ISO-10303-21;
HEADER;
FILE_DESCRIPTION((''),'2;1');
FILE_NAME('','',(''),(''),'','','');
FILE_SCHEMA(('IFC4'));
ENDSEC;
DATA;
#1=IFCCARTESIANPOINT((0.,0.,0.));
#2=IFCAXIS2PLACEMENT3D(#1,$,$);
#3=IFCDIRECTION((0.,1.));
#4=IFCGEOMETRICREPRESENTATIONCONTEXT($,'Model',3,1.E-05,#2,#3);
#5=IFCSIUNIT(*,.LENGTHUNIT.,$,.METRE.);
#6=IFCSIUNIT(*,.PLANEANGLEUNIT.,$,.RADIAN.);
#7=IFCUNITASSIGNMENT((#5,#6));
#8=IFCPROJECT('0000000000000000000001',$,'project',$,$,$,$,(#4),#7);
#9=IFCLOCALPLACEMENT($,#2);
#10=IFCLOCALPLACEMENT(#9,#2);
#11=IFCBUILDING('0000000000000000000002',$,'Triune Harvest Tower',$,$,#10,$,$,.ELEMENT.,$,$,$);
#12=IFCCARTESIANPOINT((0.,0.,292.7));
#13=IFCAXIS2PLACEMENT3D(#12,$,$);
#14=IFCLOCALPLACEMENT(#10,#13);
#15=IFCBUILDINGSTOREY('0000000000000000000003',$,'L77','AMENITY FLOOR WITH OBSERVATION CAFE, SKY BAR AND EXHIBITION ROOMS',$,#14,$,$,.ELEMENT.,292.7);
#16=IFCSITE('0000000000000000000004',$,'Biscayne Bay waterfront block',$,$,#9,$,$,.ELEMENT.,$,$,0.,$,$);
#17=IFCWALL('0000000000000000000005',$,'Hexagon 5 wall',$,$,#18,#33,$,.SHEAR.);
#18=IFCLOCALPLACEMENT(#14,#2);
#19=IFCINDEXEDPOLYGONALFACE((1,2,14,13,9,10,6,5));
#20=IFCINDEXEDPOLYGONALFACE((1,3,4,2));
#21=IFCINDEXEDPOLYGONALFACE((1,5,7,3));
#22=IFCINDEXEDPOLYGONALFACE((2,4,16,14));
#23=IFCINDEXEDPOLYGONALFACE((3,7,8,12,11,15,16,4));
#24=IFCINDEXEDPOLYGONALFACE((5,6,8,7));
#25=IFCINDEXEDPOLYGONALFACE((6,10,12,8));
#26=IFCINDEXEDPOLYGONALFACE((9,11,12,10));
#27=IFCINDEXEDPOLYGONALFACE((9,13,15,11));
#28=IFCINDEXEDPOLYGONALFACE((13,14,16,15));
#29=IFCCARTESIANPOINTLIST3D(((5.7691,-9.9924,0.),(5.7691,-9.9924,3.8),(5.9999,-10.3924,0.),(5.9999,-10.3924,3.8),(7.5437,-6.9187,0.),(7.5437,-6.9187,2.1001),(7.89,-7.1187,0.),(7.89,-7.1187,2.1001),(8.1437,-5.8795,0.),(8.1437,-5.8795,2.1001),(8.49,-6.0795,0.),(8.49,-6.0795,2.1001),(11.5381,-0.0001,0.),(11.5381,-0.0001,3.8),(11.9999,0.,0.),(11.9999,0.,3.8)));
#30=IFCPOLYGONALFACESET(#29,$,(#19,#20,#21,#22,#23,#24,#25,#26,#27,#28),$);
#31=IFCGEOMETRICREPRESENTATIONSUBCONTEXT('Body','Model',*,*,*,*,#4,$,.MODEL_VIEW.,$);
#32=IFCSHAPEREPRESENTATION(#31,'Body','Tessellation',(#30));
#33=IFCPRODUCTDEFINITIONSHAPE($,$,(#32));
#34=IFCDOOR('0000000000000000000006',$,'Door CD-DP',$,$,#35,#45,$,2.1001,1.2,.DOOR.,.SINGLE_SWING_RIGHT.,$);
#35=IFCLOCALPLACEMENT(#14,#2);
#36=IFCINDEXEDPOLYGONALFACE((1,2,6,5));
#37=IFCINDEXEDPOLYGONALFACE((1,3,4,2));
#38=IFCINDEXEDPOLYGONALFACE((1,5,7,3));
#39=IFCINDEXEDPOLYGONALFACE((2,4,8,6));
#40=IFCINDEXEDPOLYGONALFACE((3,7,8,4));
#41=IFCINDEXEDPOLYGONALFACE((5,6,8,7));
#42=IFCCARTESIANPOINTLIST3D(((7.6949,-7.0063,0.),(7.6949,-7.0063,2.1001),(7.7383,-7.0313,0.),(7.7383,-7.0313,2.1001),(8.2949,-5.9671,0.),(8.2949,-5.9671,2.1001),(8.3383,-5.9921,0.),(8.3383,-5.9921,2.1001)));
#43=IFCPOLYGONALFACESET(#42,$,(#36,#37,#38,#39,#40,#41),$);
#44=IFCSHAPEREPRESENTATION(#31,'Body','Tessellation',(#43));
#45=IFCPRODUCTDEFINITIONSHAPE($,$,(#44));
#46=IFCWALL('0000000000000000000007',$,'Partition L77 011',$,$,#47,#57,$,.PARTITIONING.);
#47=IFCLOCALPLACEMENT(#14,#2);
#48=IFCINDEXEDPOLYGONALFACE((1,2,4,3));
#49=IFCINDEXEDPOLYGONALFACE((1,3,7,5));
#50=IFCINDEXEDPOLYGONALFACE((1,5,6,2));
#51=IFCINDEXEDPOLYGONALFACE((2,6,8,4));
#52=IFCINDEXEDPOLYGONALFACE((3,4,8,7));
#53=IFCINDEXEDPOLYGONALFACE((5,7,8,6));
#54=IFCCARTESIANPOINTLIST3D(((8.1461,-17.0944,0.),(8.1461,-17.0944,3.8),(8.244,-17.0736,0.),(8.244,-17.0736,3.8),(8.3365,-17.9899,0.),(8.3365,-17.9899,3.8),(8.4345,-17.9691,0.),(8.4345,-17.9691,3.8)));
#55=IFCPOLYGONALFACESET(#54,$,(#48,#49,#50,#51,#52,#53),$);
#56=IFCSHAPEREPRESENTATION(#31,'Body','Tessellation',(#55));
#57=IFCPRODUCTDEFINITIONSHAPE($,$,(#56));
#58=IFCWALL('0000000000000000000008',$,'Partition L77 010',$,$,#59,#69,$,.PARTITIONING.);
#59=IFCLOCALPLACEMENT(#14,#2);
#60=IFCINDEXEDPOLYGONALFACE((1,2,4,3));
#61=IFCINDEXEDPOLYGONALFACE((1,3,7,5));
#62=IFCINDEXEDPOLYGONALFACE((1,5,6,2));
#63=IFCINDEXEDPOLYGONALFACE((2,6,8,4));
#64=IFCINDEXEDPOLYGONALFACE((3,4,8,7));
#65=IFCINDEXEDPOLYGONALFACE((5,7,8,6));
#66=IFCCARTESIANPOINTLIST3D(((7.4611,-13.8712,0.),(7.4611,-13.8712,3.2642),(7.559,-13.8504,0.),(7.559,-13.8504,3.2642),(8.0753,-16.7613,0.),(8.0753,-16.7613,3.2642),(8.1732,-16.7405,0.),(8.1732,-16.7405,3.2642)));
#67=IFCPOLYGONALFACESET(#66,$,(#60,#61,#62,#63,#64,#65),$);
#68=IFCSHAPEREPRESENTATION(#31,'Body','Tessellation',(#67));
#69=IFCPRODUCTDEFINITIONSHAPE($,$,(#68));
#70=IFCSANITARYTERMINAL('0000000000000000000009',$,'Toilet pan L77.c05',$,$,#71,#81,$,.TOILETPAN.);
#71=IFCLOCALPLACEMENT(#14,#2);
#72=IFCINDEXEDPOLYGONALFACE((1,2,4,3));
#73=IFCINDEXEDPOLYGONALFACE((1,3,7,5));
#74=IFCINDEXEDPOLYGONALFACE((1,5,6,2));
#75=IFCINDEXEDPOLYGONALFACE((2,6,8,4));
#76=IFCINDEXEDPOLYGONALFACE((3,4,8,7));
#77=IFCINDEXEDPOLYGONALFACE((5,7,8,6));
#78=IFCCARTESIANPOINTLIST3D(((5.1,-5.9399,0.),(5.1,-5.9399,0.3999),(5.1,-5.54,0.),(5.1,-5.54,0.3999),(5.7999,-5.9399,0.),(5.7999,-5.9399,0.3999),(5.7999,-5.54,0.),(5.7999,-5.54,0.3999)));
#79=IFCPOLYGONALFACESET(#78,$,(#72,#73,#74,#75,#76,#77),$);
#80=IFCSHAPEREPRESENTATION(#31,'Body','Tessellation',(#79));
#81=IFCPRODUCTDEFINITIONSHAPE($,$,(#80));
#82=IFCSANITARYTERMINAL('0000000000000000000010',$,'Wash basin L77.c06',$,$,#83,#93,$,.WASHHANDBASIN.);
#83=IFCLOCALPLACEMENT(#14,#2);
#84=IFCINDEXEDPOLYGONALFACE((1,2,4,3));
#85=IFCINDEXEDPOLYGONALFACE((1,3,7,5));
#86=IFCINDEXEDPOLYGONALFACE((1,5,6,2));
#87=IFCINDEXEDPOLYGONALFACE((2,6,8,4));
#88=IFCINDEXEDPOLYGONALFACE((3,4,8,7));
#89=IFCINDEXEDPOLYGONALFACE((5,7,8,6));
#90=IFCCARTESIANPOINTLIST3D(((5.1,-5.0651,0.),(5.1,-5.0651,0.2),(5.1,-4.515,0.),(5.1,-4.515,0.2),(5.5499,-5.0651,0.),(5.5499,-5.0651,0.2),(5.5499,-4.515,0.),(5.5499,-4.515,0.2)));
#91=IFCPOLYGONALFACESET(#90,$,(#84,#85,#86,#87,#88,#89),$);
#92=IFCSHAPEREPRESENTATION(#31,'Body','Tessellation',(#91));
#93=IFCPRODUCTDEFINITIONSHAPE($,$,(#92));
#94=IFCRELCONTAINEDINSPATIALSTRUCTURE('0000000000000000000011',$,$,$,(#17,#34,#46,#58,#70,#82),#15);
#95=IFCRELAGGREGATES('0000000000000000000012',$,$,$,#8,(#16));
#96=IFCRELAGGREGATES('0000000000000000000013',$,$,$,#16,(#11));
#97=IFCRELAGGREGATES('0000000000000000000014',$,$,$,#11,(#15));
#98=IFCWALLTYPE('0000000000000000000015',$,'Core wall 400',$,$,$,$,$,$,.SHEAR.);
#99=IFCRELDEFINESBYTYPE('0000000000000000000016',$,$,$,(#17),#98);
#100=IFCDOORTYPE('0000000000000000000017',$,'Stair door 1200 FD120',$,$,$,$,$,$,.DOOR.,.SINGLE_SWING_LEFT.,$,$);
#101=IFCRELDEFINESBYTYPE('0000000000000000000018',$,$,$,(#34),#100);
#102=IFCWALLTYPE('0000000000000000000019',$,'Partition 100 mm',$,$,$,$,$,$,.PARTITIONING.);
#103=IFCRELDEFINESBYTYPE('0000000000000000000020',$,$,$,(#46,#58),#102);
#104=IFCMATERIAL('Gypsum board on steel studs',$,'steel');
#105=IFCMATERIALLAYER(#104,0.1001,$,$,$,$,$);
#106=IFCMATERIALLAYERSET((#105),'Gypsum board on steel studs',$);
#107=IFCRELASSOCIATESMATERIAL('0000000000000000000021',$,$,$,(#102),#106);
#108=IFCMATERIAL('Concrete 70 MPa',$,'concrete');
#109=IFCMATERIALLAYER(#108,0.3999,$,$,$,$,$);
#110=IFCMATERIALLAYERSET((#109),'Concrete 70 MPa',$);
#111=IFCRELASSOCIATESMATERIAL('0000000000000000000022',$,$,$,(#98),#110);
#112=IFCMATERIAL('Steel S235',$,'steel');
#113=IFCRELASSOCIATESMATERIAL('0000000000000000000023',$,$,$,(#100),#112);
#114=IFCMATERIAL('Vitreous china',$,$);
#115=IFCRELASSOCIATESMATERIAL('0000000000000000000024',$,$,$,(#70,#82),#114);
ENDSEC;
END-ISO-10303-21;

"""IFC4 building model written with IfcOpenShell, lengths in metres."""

from ifc_helpers import new_model, si_unit, direction, frame, frame_2d, origin, origin_2d, place, context, subcontext, project, spatial, polyline, rectangle, outline, extrude, source, transform, mapped, material, layer, layer_set, type_object, element, fill, save


model = new_model("IFC4")

# Units and contexts
model_context = context("Model", 3, precision=1e-05, world=origin(), true_north=direction((0.0, 1.0)))
body_context = subcontext(model_context, "Body", "Model", "MODEL_VIEW")
ifc_project = project(units=[si_unit("LENGTHUNIT", "METRE"), si_unit("PLANEANGLEUNIT", "RADIAN")], contexts=[model_context])

# Site, building, storey
site_placement = place(None, origin())
site = spatial("IfcSite", under=ifc_project, at=site_placement, Name="Biscayne Bay waterfront block", CompositionType="ELEMENT", RefElevation=0.0)
building_placement = place(site_placement, origin())
building = spatial("IfcBuilding", under=site, at=building_placement, Name="Triune Harvest Tower", CompositionType="ELEMENT")
storey_placement = place(building_placement, frame((0.0, 0.0, 292.7)))
storey = spatial("IfcBuildingStorey", under=building, at=storey_placement, Name="L77", Description="AMENITY FLOOR WITH OBSERVATION CAFE, SKY BAR AND EXHIBITION ROOMS", CompositionType="ELEMENT", Elevation=292.7)

# Shared definitions
ifc_material_1 = material(Name="Gypsum board on steel studs", Category="steel")
ifc_layer_1 = layer(ifc_material_1, 0.1001)
ifc_layer_set_1 = layer_set([ifc_layer_1], Name="Gypsum board on steel studs")
wall_type_1 = type_object("IfcWallType", Name="Partition 100 mm", PredefinedType="PARTITIONING", material=ifc_layer_set_1)

# Wall, opening, door
ifc_material_2 = material(Name="Concrete 70 MPa", Category="concrete")
ifc_layer_2 = layer(ifc_material_2, 0.3999)
ifc_layer_set_2 = layer_set([ifc_layer_2], Name="Concrete 70 MPa")
wall_type_2 = type_object("IfcWallType", Name="Core wall 400", PredefinedType="SHEAR", material=ifc_layer_set_2)
shared_shape_1 = source(origin(), body_context, "Body", "SweptSolid", [
    extrude(outline(polyline([(-0.1155, -0.2), (11.8845, -0.2), (11.6536, 0.2), (0.1155, 0.2), (-0.1155, -0.2)])), origin(), (0.0, 0.0, 1.0), 3.8),
])
wall_1_placement = place(storey_placement, frame((5.8845, -10.1924, 0.0), z_axis=(0.0, 0.0, 1.0), x_axis=(0.499997, 0.866027, 0.0)))
wall_1 = element("IfcWall", 1, at=wall_1_placement, inside=storey, type_object=wall_type_2, Name="Hexagon 5 wall", PredefinedType="SHEAR", context=body_context, shape_type="MappedRepresentation", body=[
    mapped(shared_shape_1, transform((0.0, 0.0, 0.0), scale=1.0)),
])
opening_1_placement = place(wall_1_placement, frame((3.6646, 0.0, 0.0)))
opening_1 = element("IfcOpeningElement", 2, at=opening_1_placement, cuts=wall_1, PredefinedType="OPENING", context=body_context, shape_type="SweptSolid", body=[
    extrude(rectangle(XDim=1.2, YDim=2.1001, at=frame_2d((0.6001, 1.05))), frame((0.0, 0.21, 0.0), z_axis=(0.0, -1.0, 0.0), x_axis=(1.0, 0.0, 0.0)), (0.0, 0.0, 1.0), 0.4199),
])
ifc_material_3 = material(Name="Steel S235", Category="steel")
door_type_1 = type_object("IfcDoorType", Name="Stair door 1200 FD120", OperationType="SINGLE_SWING_LEFT", PredefinedType="DOOR", material=ifc_material_3)
door_1_placement = place(opening_1_placement, frame((1.2, 0.0, 0.0), z_axis=(0.0, 0.0, 1.0), x_axis=(-1.0, 0.0, 0.0)))
door_1 = element("IfcDoor", 3, at=door_1_placement, inside=storey, type_object=door_type_1, Name="Door CD-DP", OperationType="SINGLE_SWING_RIGHT", OverallHeight=2.1001, OverallWidth=1.2, PredefinedType="DOOR", context=body_context, shape_type="SweptSolid", body=[
    extrude(rectangle(XDim=1.2, YDim=2.1001, at=frame_2d((0.6001, 1.05))), frame((0.0, 0.0249, 0.0), z_axis=(0.0, -1.0, 0.0), x_axis=(1.0, 0.0, 0.0)), (0.0, 0.0, 1.0), 0.05),
])
fill(opening_1, door_1)

# Walls
shared_shape_2 = source(origin(), body_context, "Body", "SweptSolid", [
    extrude(rectangle(XDim=0.9155, YDim=0.1001, at=frame_2d((0.4578, 0.0))), origin(), (0.0, 0.0, 1.0), 3.8),
])
wall_2_placement = place(storey_placement, frame((8.1951, -17.084, 0.0), z_axis=(0.0, 0.0, 1.0), x_axis=(0.207999, -0.978129, 0.0)))
element("IfcWall", 4, at=wall_2_placement, inside=storey, type_object=wall_type_1, Name="Partition L77 011", PredefinedType="PARTITIONING", context=body_context, shape_type="MappedRepresentation", body=[
    mapped(shared_shape_2, transform((0.0, 0.0, 0.0), scale=1.0)),
])
shared_shape_3 = source(origin(), body_context, "Body", "SweptSolid", [
    extrude(rectangle(XDim=2.9546, YDim=0.1001, at=frame_2d((1.4773, 0.0))), origin(), (0.0, 0.0, 1.0), 3.2642),
])
wall_3_placement = place(storey_placement, frame((7.51, -13.8608, 0.0), z_axis=(0.0, 0.0, 1.0), x_axis=(0.207892, -0.978152, 0.0)))
element("IfcWall", 5, at=wall_3_placement, inside=storey, type_object=wall_type_1, Name="Partition L77 010", PredefinedType="PARTITIONING", context=body_context, shape_type="MappedRepresentation", body=[
    mapped(shared_shape_3, transform((0.0, 0.0, 0.0), scale=1.0)),
])

# Sanitary terminals
ifc_material_4 = material(Name="Vitreous china")
shared_shape_4 = source(origin(), body_context, "Body", "SweptSolid", [
    extrude(rectangle(XDim=0.3999, YDim=0.7, at=origin_2d()), origin(), (0.0, 0.0, 1.0), 0.3999),
])
sanitary_terminal_1_placement = place(storey_placement, frame((5.45, -5.74, 0.0), z_axis=(0.0, 0.0, 1.0), x_axis=(0.0, 1.0, 0.0)))
element("IfcSanitaryTerminal", 6, at=sanitary_terminal_1_placement, inside=storey, material=ifc_material_4, Name="Toilet pan L77.c05", PredefinedType="TOILETPAN", context=body_context, shape_type="MappedRepresentation", body=[
    mapped(shared_shape_4, transform((0.0, 0.0, 0.0), scale=1.0)),
])
shared_shape_5 = source(origin(), body_context, "Body", "SweptSolid", [
    extrude(rectangle(XDim=0.55, YDim=0.45, at=origin_2d()), origin(), (0.0, 0.0, 1.0), 0.2),
])
sanitary_terminal_2_placement = place(storey_placement, frame((5.325, -4.79, 0.0), z_axis=(0.0, 0.0, 1.0), x_axis=(0.0, 1.0, 0.0)))
element("IfcSanitaryTerminal", 7, at=sanitary_terminal_2_placement, inside=storey, material=ifc_material_4, Name="Wash basin L77.c06", PredefinedType="WASHHANDBASIN", context=body_context, shape_type="MappedRepresentation", body=[
    mapped(shared_shape_5, transform((0.0, 0.0, 0.0), scale=1.0)),
])

save(model, "model.ifc")
